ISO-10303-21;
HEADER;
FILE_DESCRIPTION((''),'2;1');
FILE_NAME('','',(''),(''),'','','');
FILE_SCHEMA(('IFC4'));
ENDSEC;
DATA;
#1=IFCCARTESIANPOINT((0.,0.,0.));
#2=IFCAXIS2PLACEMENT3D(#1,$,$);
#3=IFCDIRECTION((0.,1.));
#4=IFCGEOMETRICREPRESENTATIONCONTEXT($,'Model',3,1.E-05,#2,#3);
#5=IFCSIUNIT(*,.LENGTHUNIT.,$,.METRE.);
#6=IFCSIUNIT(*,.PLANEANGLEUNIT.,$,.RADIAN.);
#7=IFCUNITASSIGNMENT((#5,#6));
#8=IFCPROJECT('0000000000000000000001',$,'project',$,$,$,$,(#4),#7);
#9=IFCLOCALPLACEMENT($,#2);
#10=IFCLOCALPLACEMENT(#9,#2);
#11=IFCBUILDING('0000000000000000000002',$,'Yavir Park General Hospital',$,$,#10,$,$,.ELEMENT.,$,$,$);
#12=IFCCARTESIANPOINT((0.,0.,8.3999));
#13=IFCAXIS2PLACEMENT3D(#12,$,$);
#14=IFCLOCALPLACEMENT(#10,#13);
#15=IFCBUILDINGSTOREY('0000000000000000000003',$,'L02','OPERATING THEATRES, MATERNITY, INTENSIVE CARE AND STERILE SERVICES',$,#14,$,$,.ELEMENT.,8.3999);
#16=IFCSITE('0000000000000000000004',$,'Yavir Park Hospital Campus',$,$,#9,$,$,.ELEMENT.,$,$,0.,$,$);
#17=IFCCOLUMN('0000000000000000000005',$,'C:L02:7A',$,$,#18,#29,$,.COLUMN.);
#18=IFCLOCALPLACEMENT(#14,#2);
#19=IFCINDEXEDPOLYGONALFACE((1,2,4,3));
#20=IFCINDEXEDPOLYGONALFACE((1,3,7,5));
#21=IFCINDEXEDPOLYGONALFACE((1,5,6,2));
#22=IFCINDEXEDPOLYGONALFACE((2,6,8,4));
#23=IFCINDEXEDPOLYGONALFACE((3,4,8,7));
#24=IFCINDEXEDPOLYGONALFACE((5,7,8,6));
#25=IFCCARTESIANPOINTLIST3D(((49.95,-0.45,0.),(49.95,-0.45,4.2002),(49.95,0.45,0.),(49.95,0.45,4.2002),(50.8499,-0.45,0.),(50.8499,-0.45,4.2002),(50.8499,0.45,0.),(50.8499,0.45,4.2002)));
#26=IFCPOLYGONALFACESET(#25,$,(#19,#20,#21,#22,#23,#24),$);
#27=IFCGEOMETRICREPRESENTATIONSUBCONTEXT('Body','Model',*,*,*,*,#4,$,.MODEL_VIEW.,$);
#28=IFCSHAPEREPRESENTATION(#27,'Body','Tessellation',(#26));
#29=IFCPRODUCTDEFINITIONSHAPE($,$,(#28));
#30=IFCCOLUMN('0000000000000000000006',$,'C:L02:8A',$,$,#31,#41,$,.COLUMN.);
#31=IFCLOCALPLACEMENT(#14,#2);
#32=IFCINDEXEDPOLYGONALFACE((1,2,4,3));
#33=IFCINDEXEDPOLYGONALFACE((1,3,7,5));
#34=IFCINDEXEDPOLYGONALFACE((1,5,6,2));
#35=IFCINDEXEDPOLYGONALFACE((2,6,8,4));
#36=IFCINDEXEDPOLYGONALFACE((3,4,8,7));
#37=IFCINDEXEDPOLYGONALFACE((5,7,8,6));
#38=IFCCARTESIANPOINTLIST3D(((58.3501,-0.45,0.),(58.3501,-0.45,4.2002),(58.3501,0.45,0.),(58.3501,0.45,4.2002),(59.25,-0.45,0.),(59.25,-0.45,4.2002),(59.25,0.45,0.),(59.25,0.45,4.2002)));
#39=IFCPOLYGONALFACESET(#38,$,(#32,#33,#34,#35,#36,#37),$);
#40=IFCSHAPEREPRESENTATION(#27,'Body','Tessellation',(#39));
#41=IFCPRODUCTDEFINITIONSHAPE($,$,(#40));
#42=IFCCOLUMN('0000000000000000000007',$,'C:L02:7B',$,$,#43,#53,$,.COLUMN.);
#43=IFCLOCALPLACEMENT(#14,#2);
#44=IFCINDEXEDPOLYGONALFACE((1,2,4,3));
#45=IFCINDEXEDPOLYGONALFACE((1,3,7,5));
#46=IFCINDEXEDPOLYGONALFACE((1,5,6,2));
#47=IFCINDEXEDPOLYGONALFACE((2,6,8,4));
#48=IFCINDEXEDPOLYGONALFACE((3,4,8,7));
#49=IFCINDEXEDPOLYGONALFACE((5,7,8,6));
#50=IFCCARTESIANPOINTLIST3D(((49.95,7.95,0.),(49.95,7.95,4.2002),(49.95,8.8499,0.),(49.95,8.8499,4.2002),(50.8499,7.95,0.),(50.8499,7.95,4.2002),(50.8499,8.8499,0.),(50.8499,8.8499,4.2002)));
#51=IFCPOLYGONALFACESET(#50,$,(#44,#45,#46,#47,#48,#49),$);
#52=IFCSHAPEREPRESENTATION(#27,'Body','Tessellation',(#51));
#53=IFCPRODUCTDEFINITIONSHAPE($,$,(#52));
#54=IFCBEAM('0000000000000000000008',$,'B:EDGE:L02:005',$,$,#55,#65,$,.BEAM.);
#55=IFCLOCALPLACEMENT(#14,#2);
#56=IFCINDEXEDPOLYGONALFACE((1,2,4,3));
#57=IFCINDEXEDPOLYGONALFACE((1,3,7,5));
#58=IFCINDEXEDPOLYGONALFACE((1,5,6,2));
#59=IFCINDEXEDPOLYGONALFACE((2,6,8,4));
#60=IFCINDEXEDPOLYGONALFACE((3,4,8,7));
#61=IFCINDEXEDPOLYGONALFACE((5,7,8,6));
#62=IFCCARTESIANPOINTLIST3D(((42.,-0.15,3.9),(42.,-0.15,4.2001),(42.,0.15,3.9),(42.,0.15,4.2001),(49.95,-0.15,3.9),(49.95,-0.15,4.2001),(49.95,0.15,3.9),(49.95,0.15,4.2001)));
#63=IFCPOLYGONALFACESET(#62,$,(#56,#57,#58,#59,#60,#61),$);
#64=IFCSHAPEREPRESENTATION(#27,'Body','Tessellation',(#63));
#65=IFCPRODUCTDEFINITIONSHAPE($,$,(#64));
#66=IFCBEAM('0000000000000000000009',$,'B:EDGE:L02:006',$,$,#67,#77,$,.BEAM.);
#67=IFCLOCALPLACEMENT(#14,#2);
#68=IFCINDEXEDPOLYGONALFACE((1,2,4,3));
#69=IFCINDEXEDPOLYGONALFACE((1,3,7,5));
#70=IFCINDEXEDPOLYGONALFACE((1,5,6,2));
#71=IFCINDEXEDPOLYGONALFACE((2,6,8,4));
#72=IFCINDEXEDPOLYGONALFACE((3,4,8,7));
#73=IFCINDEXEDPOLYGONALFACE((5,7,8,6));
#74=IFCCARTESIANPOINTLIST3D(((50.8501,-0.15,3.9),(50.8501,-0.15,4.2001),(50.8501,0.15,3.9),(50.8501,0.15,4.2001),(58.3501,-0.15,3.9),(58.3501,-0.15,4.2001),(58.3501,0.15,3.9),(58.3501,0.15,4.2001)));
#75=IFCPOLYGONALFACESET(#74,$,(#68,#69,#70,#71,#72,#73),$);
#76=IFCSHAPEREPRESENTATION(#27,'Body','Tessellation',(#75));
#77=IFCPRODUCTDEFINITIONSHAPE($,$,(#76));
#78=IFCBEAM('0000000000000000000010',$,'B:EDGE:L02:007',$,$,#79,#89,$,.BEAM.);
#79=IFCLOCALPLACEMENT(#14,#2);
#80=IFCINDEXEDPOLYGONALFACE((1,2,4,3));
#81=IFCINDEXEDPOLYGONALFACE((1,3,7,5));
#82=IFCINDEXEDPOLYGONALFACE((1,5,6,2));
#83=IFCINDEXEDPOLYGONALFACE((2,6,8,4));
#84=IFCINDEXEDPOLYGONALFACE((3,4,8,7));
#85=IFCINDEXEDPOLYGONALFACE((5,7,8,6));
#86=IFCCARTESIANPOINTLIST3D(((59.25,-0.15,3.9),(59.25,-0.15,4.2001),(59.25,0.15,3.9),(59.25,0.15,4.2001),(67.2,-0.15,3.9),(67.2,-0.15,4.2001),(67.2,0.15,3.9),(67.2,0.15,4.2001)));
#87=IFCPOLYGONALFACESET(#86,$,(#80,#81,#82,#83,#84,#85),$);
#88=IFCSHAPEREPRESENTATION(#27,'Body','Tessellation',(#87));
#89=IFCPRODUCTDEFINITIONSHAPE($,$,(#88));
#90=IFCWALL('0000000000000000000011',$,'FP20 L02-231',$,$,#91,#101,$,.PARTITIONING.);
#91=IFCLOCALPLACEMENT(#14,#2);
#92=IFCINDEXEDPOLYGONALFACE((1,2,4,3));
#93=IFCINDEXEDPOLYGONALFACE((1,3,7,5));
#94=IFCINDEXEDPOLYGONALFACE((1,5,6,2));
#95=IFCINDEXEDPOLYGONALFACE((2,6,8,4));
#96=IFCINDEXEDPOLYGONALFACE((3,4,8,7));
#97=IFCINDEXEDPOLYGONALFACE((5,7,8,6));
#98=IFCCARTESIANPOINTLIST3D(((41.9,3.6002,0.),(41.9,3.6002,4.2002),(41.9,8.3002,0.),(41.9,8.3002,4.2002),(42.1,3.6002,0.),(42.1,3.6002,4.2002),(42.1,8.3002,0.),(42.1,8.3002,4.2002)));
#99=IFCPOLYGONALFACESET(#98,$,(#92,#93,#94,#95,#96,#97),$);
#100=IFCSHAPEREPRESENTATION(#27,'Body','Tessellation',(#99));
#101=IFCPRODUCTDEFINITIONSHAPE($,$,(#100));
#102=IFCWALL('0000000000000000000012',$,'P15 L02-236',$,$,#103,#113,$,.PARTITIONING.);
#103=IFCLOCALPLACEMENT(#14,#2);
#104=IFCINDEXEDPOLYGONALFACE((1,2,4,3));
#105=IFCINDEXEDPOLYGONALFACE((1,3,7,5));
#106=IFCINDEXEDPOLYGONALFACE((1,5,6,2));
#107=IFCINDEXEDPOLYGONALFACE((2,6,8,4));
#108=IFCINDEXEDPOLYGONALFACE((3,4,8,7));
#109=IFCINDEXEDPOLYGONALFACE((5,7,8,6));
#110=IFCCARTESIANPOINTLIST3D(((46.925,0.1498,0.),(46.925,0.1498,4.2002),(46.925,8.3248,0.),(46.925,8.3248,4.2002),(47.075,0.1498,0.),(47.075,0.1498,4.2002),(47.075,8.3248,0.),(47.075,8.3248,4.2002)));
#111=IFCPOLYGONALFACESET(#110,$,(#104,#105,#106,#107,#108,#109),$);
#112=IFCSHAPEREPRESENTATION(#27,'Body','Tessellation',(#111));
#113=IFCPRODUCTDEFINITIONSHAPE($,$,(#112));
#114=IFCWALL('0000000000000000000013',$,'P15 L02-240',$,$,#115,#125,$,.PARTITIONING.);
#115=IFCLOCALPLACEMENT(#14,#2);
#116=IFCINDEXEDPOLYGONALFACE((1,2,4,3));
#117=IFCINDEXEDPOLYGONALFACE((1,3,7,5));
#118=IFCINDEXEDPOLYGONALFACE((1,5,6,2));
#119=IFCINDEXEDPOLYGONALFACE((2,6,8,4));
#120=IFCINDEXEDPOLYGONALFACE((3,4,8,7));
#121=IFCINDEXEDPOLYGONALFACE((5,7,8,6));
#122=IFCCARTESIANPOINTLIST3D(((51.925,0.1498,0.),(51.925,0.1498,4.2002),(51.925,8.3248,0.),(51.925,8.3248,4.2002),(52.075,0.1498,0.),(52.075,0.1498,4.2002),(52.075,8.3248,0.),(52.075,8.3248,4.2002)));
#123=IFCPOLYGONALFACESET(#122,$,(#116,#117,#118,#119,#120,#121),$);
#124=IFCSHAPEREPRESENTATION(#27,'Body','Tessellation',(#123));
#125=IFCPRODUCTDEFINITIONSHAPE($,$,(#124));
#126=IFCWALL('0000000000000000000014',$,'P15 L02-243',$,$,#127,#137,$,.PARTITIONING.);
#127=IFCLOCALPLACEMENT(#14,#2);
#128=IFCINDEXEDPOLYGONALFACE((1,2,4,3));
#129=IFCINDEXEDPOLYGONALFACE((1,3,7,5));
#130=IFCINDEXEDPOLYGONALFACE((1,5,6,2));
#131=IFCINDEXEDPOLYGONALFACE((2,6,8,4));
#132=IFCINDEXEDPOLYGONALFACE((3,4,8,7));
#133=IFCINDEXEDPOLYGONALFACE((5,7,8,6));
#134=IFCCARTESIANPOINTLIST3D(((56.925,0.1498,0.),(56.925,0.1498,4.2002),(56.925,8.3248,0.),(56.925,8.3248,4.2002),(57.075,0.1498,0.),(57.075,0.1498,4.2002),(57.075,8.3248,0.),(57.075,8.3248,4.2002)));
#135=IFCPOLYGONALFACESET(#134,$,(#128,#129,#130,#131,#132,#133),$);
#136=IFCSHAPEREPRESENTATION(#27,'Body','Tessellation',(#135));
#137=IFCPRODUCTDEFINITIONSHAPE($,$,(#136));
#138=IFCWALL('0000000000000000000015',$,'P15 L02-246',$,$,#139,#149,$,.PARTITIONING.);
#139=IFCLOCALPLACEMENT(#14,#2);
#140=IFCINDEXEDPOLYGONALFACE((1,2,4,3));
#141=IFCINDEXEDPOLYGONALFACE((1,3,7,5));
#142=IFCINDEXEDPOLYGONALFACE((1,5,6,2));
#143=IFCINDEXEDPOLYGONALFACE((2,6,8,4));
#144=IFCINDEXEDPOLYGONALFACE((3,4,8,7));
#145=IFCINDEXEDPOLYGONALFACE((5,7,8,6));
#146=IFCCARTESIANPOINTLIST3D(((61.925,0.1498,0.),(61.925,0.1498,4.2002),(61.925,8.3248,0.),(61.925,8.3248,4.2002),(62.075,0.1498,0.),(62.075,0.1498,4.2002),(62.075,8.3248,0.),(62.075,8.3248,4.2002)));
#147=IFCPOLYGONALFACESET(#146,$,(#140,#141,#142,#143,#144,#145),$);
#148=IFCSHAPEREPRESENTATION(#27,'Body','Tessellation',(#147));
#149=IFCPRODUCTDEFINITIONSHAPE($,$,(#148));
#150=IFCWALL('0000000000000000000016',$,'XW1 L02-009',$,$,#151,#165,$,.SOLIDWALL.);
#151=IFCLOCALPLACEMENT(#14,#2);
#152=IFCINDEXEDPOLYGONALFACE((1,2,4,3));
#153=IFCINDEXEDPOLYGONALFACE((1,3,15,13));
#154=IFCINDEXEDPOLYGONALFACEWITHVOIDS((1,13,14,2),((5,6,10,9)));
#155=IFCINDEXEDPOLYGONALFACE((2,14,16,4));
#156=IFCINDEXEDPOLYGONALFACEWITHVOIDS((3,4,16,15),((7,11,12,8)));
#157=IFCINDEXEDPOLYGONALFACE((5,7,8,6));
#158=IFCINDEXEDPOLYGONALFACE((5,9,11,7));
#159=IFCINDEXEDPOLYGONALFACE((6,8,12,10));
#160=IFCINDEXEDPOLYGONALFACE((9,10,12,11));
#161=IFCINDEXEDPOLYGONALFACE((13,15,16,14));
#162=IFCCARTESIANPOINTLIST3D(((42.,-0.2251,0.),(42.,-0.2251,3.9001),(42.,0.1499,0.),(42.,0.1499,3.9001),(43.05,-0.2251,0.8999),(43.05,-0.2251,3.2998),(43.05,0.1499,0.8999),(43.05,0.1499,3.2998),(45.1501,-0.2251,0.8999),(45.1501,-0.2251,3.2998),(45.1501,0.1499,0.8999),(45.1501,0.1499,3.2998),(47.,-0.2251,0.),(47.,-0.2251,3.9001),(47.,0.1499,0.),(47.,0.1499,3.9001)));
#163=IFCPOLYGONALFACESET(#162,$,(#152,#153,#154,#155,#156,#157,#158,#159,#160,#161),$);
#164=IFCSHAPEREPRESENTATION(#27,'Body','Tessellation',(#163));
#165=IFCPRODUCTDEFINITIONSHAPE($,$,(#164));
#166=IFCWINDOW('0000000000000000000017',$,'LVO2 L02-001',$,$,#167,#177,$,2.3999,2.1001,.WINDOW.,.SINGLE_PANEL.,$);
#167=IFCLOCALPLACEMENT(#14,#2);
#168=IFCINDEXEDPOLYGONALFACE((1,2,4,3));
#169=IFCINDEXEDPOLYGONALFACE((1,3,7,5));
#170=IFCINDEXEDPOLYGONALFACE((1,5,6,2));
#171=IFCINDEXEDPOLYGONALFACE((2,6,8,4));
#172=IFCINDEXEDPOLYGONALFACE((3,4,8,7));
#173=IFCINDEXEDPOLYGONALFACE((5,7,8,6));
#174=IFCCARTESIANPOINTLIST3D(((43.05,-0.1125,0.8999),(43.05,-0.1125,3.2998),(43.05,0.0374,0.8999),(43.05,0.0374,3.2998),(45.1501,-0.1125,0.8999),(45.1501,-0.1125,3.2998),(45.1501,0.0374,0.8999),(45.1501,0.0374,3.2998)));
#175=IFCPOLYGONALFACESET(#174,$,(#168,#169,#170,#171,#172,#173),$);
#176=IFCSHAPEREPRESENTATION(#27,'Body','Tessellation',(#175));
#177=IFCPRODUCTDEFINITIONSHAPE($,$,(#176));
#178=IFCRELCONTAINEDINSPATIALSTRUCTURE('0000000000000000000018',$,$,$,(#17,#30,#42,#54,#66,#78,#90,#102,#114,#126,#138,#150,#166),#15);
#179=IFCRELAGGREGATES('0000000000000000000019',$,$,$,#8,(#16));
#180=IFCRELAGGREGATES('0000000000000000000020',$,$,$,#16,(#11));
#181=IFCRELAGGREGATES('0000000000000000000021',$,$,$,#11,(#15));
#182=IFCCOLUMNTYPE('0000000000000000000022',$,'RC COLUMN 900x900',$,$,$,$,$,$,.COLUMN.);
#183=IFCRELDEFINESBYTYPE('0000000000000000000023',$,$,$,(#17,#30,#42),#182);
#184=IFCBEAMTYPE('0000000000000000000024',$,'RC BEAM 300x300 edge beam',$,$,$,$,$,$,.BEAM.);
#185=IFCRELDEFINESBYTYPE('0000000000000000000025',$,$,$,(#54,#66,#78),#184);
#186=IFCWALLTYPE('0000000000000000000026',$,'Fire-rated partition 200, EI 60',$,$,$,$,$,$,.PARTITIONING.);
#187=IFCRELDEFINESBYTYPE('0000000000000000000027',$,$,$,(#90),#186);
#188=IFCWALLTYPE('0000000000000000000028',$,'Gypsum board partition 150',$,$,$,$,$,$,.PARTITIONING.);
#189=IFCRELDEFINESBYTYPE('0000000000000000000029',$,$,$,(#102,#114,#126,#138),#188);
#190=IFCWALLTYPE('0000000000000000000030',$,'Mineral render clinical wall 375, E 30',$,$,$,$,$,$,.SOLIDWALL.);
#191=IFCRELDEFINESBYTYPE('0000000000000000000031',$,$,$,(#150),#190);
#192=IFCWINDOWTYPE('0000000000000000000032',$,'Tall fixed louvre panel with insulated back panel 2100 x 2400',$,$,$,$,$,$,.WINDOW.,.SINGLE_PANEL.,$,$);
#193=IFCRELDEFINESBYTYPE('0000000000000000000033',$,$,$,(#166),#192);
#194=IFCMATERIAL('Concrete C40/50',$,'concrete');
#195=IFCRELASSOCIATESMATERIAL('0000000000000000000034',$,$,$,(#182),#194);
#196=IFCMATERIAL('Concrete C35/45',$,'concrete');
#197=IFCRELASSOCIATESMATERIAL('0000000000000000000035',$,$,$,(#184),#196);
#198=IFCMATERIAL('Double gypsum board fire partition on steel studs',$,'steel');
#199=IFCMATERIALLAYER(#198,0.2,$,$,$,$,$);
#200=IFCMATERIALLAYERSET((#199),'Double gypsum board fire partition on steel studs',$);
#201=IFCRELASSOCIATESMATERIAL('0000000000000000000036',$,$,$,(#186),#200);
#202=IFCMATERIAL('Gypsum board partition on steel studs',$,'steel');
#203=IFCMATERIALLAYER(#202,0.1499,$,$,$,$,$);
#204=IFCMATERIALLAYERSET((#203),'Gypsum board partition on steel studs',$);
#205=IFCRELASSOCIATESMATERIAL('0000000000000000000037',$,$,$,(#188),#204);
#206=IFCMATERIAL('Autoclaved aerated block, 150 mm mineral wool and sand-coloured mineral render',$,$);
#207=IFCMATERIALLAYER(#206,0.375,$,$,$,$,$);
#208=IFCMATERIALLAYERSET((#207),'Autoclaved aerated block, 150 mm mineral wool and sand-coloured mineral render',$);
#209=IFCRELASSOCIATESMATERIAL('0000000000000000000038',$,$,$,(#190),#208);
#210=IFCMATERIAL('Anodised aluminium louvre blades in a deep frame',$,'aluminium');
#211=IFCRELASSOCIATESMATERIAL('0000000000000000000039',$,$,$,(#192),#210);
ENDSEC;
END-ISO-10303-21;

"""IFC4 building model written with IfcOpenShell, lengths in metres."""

from ifc_helpers import new_model, si_unit, direction, frame, frame_2d, origin, origin_2d, place, context, subcontext, project, spatial, rectangle, extrude, material, layer, layer_set, material_profile, profile_set, type_object, element, fill, save


model = new_model("IFC4")

# Units and contexts
model_context = context("Model", 3, precision=1e-05, world=origin(), true_north=direction((0.0, 1.0)))
body_context = subcontext(model_context, "Body", "Model", "MODEL_VIEW")
ifc_project = project(units=[si_unit("LENGTHUNIT", "METRE"), si_unit("PLANEANGLEUNIT", "RADIAN")], contexts=[model_context])

# Site, building, storey
site_placement = place(None, origin())
site = spatial("IfcSite", under=ifc_project, at=site_placement, Name="Yavir Park Hospital Campus", CompositionType="ELEMENT", RefElevation=0.0)
building_placement = place(site_placement, origin())
building = spatial("IfcBuilding", under=site, at=building_placement, Name="Yavir Park General Hospital", CompositionType="ELEMENT")
storey_placement = place(building_placement, frame((0.0, 0.0, 8.3999)))
storey = spatial("IfcBuildingStorey", under=building, at=storey_placement, Name="L02", Description="OPERATING THEATRES, MATERNITY, INTENSIVE CARE AND STERILE SERVICES", CompositionType="ELEMENT", Elevation=8.3999)

# Columns
ifc_material_1 = material(Name="Concrete C40/50", Category="concrete")
ifc_material_profile_1 = material_profile(ifc_material_1, rectangle(XDim=0.8999, YDim=0.8999, at=origin_2d()), Name="RC900x900")
ifc_profile_set_1 = profile_set([ifc_material_profile_1], Name="Concrete C40/50")
column_type = type_object("IfcColumnType", Name="RC COLUMN 900x900", PredefinedType="COLUMN", material=ifc_profile_set_1)
for number, where, z_axis, x_axis, name in (
    (1, (50.3999, 0.0, 0.0), (0.0, 0.0, 1.0), (1.0, 0.0, 0.0), "C:L02:7A"),
    (2, (58.8, 0.0, 0.0), (0.0, 0.0, 1.0), (1.0, 0.0, 0.0), "C:L02:8A"),
    (3, (50.3999, 8.3999, 0.0), (0.0, 0.0, 1.0), (1.0, 0.0, 0.0), "C:L02:7B"),
):
    element("IfcColumn", number, at=place(storey_placement, frame(where, z_axis=z_axis, x_axis=x_axis)), inside=storey, type_object=column_type, Name=name, PredefinedType="COLUMN", context=body_context, shape_type="SweptSolid", body=[
        extrude(rectangle(XDim=0.8999, YDim=0.8999, at=origin_2d()), origin(), (0.0, 0.0, 1.0), 4.2002),
    ])

# Beams
ifc_material_2 = material(Name="Concrete C35/45", Category="concrete")
ifc_material_profile_2 = material_profile(ifc_material_2, rectangle(XDim=0.3, YDim=0.3, at=origin_2d()), Name="RC300x300")
ifc_profile_set_2 = profile_set([ifc_material_profile_2], Name="Concrete C35/45")
beam_type = type_object("IfcBeamType", Name="RC BEAM 300x300 edge beam", PredefinedType="BEAM", material=ifc_profile_set_2)
beam_1_placement = place(storey_placement, frame((42.0, 0.0, 4.05), z_axis=(1.0, 0.0, 0.0), x_axis=(0.0, 1.0, 0.0)))
element("IfcBeam", 4, at=beam_1_placement, inside=storey, type_object=beam_type, Name="B:EDGE:L02:005", PredefinedType="BEAM", context=body_context, shape_type="SweptSolid", body=[
    extrude(rectangle(XDim=0.3, YDim=0.3, at=origin_2d()), origin(), (0.0, 0.0, 1.0), 7.95),
])
beam_2_placement = place(storey_placement, frame((50.8501, 0.0, 4.05), z_axis=(1.0, 0.0, 0.0), x_axis=(0.0, 1.0, 0.0)))
element("IfcBeam", 5, at=beam_2_placement, inside=storey, type_object=beam_type, Name="B:EDGE:L02:006", PredefinedType="BEAM", context=body_context, shape_type="SweptSolid", body=[
    extrude(rectangle(XDim=0.3, YDim=0.3, at=origin_2d()), origin(), (0.0, 0.0, 1.0), 7.5),
])
beam_3_placement = place(storey_placement, frame((59.25, 0.0, 4.05), z_axis=(1.0, 0.0, 0.0), x_axis=(0.0, 1.0, 0.0)))
element("IfcBeam", 6, at=beam_3_placement, inside=storey, type_object=beam_type, Name="B:EDGE:L02:007", PredefinedType="BEAM", context=body_context, shape_type="SweptSolid", body=[
    extrude(rectangle(XDim=0.3, YDim=0.3, at=origin_2d()), origin(), (0.0, 0.0, 1.0), 7.95),
])

# Wall
ifc_material_3 = material(Name="Double gypsum board fire partition on steel studs", Category="steel")
ifc_layer_1 = layer(ifc_material_3, 0.2)
ifc_layer_set_1 = layer_set([ifc_layer_1], Name="Double gypsum board fire partition on steel studs")
wall_type_1 = type_object("IfcWallType", Name="Fire-rated partition 200, EI 60", PredefinedType="PARTITIONING", material=ifc_layer_set_1)
wall_1_placement = place(storey_placement, frame((42.0, 3.6001, 0.0), z_axis=(0.0, 0.0, 1.0), x_axis=(0.0, 1.0, 0.0)))
element("IfcWall", 7, at=wall_1_placement, inside=storey, type_object=wall_type_1, Name="FP20 L02-231", PredefinedType="PARTITIONING", context=body_context, shape_type="SweptSolid", body=[
    extrude(rectangle(XDim=4.7, YDim=0.2, at=frame_2d((2.3501, 0.0))), origin(), (0.0, 0.0, 1.0), 4.2002),
])

# Shared definitions
ifc_material_4 = material(Name="Gypsum board partition on steel studs", Category="steel")
ifc_layer_2 = layer(ifc_material_4, 0.1499)
ifc_layer_set_2 = layer_set([ifc_layer_2], Name="Gypsum board partition on steel studs")
wall_type_2 = type_object("IfcWallType", Name="Gypsum board partition 150", PredefinedType="PARTITIONING", material=ifc_layer_set_2)

# Walls
for number, where, z_axis, x_axis, name in (
    (8, (47.0, 0.1499, 0.0), (0.0, 0.0, 1.0), (0.0, 1.0, 0.0), "P15 L02-236"),
    (9, (52.0, 0.1499, 0.0), (0.0, 0.0, 1.0), (0.0, 1.0, 0.0), "P15 L02-240"),
    (10, (57.0, 0.1499, 0.0), (0.0, 0.0, 1.0), (0.0, 1.0, 0.0), "P15 L02-243"),
    (11, (62.0, 0.1499, 0.0), (0.0, 0.0, 1.0), (0.0, 1.0, 0.0), "P15 L02-246"),
):
    element("IfcWall", number, at=place(storey_placement, frame(where, z_axis=z_axis, x_axis=x_axis)), inside=storey, type_object=wall_type_2, Name=name, PredefinedType="PARTITIONING", context=body_context, shape_type="SweptSolid", body=[
        extrude(rectangle(XDim=8.175, YDim=0.1499, at=frame_2d((4.0874, 0.0))), origin(), (0.0, 0.0, 1.0), 4.2002),
    ])

# Wall, opening, window
ifc_material_5 = material(Name="Autoclaved aerated block, 150 mm mineral wool and sand-coloured mineral render")
ifc_layer_3 = layer(ifc_material_5, 0.375)
ifc_layer_set_3 = layer_set([ifc_layer_3], Name="Autoclaved aerated block, 150 mm mineral wool and sand-coloured mineral render")
wall_type_3 = type_object("IfcWallType", Name="Mineral render clinical wall 375, E 30", PredefinedType="SOLIDWALL", material=ifc_layer_set_3)
wall_2_placement = place(storey_placement, frame((42.0, -0.0376, 0.0), z_axis=(0.0, 0.0, 1.0), x_axis=(1.0, 0.0, 0.0)))
wall_2 = element("IfcWall", 12, at=wall_2_placement, inside=storey, type_object=wall_type_3, Name="XW1 L02-009", PredefinedType="SOLIDWALL", context=body_context, shape_type="SweptSolid", body=[
    extrude(rectangle(XDim=5.0, YDim=0.375, at=frame_2d((2.5, 0.0))), origin(), (0.0, 0.0, 1.0), 3.9001),
])
opening_1_placement = place(wall_2_placement, frame((1.05, 0.0, 0.8999)))
opening_1 = element("IfcOpeningElement", 13, at=opening_1_placement, cuts=wall_2, PredefinedType="OPENING", context=body_context, shape_type="SweptSolid", body=[
    extrude(rectangle(XDim=2.1001, YDim=2.3999, at=frame_2d((1.05, 1.2))), frame((0.0, 0.1975, 0.0), z_axis=(0.0, -1.0, 0.0), x_axis=(1.0, 0.0, 0.0)), (0.0, 0.0, 1.0), 0.395),
])
ifc_material_6 = material(Name="Anodised aluminium louvre blades in a deep frame", Category="aluminium")
window_type = type_object("IfcWindowType", Name="Tall fixed louvre panel with insulated back panel 2100 x 2400", PartitioningType="SINGLE_PANEL", PredefinedType="WINDOW", material=ifc_material_6)
window_1_placement = place(opening_1_placement, origin())
window_1 = element("IfcWindow", 14, at=window_1_placement, inside=storey, type_object=window_type, Name="LVO2 L02-001", OverallHeight=2.3999, OverallWidth=2.1001, PartitioningType="SINGLE_PANEL", PredefinedType="WINDOW", context=body_context, shape_type="SweptSolid", body=[
    extrude(rectangle(XDim=2.1001, YDim=2.3999, at=frame_2d((1.05, 1.2))), frame((0.0, 0.075, 0.0), z_axis=(0.0, -1.0, 0.0), x_axis=(1.0, 0.0, 0.0)), (0.0, 0.0, 1.0), 0.1499),
])
fill(opening_1, window_1)

save(model, "model.ifc")
